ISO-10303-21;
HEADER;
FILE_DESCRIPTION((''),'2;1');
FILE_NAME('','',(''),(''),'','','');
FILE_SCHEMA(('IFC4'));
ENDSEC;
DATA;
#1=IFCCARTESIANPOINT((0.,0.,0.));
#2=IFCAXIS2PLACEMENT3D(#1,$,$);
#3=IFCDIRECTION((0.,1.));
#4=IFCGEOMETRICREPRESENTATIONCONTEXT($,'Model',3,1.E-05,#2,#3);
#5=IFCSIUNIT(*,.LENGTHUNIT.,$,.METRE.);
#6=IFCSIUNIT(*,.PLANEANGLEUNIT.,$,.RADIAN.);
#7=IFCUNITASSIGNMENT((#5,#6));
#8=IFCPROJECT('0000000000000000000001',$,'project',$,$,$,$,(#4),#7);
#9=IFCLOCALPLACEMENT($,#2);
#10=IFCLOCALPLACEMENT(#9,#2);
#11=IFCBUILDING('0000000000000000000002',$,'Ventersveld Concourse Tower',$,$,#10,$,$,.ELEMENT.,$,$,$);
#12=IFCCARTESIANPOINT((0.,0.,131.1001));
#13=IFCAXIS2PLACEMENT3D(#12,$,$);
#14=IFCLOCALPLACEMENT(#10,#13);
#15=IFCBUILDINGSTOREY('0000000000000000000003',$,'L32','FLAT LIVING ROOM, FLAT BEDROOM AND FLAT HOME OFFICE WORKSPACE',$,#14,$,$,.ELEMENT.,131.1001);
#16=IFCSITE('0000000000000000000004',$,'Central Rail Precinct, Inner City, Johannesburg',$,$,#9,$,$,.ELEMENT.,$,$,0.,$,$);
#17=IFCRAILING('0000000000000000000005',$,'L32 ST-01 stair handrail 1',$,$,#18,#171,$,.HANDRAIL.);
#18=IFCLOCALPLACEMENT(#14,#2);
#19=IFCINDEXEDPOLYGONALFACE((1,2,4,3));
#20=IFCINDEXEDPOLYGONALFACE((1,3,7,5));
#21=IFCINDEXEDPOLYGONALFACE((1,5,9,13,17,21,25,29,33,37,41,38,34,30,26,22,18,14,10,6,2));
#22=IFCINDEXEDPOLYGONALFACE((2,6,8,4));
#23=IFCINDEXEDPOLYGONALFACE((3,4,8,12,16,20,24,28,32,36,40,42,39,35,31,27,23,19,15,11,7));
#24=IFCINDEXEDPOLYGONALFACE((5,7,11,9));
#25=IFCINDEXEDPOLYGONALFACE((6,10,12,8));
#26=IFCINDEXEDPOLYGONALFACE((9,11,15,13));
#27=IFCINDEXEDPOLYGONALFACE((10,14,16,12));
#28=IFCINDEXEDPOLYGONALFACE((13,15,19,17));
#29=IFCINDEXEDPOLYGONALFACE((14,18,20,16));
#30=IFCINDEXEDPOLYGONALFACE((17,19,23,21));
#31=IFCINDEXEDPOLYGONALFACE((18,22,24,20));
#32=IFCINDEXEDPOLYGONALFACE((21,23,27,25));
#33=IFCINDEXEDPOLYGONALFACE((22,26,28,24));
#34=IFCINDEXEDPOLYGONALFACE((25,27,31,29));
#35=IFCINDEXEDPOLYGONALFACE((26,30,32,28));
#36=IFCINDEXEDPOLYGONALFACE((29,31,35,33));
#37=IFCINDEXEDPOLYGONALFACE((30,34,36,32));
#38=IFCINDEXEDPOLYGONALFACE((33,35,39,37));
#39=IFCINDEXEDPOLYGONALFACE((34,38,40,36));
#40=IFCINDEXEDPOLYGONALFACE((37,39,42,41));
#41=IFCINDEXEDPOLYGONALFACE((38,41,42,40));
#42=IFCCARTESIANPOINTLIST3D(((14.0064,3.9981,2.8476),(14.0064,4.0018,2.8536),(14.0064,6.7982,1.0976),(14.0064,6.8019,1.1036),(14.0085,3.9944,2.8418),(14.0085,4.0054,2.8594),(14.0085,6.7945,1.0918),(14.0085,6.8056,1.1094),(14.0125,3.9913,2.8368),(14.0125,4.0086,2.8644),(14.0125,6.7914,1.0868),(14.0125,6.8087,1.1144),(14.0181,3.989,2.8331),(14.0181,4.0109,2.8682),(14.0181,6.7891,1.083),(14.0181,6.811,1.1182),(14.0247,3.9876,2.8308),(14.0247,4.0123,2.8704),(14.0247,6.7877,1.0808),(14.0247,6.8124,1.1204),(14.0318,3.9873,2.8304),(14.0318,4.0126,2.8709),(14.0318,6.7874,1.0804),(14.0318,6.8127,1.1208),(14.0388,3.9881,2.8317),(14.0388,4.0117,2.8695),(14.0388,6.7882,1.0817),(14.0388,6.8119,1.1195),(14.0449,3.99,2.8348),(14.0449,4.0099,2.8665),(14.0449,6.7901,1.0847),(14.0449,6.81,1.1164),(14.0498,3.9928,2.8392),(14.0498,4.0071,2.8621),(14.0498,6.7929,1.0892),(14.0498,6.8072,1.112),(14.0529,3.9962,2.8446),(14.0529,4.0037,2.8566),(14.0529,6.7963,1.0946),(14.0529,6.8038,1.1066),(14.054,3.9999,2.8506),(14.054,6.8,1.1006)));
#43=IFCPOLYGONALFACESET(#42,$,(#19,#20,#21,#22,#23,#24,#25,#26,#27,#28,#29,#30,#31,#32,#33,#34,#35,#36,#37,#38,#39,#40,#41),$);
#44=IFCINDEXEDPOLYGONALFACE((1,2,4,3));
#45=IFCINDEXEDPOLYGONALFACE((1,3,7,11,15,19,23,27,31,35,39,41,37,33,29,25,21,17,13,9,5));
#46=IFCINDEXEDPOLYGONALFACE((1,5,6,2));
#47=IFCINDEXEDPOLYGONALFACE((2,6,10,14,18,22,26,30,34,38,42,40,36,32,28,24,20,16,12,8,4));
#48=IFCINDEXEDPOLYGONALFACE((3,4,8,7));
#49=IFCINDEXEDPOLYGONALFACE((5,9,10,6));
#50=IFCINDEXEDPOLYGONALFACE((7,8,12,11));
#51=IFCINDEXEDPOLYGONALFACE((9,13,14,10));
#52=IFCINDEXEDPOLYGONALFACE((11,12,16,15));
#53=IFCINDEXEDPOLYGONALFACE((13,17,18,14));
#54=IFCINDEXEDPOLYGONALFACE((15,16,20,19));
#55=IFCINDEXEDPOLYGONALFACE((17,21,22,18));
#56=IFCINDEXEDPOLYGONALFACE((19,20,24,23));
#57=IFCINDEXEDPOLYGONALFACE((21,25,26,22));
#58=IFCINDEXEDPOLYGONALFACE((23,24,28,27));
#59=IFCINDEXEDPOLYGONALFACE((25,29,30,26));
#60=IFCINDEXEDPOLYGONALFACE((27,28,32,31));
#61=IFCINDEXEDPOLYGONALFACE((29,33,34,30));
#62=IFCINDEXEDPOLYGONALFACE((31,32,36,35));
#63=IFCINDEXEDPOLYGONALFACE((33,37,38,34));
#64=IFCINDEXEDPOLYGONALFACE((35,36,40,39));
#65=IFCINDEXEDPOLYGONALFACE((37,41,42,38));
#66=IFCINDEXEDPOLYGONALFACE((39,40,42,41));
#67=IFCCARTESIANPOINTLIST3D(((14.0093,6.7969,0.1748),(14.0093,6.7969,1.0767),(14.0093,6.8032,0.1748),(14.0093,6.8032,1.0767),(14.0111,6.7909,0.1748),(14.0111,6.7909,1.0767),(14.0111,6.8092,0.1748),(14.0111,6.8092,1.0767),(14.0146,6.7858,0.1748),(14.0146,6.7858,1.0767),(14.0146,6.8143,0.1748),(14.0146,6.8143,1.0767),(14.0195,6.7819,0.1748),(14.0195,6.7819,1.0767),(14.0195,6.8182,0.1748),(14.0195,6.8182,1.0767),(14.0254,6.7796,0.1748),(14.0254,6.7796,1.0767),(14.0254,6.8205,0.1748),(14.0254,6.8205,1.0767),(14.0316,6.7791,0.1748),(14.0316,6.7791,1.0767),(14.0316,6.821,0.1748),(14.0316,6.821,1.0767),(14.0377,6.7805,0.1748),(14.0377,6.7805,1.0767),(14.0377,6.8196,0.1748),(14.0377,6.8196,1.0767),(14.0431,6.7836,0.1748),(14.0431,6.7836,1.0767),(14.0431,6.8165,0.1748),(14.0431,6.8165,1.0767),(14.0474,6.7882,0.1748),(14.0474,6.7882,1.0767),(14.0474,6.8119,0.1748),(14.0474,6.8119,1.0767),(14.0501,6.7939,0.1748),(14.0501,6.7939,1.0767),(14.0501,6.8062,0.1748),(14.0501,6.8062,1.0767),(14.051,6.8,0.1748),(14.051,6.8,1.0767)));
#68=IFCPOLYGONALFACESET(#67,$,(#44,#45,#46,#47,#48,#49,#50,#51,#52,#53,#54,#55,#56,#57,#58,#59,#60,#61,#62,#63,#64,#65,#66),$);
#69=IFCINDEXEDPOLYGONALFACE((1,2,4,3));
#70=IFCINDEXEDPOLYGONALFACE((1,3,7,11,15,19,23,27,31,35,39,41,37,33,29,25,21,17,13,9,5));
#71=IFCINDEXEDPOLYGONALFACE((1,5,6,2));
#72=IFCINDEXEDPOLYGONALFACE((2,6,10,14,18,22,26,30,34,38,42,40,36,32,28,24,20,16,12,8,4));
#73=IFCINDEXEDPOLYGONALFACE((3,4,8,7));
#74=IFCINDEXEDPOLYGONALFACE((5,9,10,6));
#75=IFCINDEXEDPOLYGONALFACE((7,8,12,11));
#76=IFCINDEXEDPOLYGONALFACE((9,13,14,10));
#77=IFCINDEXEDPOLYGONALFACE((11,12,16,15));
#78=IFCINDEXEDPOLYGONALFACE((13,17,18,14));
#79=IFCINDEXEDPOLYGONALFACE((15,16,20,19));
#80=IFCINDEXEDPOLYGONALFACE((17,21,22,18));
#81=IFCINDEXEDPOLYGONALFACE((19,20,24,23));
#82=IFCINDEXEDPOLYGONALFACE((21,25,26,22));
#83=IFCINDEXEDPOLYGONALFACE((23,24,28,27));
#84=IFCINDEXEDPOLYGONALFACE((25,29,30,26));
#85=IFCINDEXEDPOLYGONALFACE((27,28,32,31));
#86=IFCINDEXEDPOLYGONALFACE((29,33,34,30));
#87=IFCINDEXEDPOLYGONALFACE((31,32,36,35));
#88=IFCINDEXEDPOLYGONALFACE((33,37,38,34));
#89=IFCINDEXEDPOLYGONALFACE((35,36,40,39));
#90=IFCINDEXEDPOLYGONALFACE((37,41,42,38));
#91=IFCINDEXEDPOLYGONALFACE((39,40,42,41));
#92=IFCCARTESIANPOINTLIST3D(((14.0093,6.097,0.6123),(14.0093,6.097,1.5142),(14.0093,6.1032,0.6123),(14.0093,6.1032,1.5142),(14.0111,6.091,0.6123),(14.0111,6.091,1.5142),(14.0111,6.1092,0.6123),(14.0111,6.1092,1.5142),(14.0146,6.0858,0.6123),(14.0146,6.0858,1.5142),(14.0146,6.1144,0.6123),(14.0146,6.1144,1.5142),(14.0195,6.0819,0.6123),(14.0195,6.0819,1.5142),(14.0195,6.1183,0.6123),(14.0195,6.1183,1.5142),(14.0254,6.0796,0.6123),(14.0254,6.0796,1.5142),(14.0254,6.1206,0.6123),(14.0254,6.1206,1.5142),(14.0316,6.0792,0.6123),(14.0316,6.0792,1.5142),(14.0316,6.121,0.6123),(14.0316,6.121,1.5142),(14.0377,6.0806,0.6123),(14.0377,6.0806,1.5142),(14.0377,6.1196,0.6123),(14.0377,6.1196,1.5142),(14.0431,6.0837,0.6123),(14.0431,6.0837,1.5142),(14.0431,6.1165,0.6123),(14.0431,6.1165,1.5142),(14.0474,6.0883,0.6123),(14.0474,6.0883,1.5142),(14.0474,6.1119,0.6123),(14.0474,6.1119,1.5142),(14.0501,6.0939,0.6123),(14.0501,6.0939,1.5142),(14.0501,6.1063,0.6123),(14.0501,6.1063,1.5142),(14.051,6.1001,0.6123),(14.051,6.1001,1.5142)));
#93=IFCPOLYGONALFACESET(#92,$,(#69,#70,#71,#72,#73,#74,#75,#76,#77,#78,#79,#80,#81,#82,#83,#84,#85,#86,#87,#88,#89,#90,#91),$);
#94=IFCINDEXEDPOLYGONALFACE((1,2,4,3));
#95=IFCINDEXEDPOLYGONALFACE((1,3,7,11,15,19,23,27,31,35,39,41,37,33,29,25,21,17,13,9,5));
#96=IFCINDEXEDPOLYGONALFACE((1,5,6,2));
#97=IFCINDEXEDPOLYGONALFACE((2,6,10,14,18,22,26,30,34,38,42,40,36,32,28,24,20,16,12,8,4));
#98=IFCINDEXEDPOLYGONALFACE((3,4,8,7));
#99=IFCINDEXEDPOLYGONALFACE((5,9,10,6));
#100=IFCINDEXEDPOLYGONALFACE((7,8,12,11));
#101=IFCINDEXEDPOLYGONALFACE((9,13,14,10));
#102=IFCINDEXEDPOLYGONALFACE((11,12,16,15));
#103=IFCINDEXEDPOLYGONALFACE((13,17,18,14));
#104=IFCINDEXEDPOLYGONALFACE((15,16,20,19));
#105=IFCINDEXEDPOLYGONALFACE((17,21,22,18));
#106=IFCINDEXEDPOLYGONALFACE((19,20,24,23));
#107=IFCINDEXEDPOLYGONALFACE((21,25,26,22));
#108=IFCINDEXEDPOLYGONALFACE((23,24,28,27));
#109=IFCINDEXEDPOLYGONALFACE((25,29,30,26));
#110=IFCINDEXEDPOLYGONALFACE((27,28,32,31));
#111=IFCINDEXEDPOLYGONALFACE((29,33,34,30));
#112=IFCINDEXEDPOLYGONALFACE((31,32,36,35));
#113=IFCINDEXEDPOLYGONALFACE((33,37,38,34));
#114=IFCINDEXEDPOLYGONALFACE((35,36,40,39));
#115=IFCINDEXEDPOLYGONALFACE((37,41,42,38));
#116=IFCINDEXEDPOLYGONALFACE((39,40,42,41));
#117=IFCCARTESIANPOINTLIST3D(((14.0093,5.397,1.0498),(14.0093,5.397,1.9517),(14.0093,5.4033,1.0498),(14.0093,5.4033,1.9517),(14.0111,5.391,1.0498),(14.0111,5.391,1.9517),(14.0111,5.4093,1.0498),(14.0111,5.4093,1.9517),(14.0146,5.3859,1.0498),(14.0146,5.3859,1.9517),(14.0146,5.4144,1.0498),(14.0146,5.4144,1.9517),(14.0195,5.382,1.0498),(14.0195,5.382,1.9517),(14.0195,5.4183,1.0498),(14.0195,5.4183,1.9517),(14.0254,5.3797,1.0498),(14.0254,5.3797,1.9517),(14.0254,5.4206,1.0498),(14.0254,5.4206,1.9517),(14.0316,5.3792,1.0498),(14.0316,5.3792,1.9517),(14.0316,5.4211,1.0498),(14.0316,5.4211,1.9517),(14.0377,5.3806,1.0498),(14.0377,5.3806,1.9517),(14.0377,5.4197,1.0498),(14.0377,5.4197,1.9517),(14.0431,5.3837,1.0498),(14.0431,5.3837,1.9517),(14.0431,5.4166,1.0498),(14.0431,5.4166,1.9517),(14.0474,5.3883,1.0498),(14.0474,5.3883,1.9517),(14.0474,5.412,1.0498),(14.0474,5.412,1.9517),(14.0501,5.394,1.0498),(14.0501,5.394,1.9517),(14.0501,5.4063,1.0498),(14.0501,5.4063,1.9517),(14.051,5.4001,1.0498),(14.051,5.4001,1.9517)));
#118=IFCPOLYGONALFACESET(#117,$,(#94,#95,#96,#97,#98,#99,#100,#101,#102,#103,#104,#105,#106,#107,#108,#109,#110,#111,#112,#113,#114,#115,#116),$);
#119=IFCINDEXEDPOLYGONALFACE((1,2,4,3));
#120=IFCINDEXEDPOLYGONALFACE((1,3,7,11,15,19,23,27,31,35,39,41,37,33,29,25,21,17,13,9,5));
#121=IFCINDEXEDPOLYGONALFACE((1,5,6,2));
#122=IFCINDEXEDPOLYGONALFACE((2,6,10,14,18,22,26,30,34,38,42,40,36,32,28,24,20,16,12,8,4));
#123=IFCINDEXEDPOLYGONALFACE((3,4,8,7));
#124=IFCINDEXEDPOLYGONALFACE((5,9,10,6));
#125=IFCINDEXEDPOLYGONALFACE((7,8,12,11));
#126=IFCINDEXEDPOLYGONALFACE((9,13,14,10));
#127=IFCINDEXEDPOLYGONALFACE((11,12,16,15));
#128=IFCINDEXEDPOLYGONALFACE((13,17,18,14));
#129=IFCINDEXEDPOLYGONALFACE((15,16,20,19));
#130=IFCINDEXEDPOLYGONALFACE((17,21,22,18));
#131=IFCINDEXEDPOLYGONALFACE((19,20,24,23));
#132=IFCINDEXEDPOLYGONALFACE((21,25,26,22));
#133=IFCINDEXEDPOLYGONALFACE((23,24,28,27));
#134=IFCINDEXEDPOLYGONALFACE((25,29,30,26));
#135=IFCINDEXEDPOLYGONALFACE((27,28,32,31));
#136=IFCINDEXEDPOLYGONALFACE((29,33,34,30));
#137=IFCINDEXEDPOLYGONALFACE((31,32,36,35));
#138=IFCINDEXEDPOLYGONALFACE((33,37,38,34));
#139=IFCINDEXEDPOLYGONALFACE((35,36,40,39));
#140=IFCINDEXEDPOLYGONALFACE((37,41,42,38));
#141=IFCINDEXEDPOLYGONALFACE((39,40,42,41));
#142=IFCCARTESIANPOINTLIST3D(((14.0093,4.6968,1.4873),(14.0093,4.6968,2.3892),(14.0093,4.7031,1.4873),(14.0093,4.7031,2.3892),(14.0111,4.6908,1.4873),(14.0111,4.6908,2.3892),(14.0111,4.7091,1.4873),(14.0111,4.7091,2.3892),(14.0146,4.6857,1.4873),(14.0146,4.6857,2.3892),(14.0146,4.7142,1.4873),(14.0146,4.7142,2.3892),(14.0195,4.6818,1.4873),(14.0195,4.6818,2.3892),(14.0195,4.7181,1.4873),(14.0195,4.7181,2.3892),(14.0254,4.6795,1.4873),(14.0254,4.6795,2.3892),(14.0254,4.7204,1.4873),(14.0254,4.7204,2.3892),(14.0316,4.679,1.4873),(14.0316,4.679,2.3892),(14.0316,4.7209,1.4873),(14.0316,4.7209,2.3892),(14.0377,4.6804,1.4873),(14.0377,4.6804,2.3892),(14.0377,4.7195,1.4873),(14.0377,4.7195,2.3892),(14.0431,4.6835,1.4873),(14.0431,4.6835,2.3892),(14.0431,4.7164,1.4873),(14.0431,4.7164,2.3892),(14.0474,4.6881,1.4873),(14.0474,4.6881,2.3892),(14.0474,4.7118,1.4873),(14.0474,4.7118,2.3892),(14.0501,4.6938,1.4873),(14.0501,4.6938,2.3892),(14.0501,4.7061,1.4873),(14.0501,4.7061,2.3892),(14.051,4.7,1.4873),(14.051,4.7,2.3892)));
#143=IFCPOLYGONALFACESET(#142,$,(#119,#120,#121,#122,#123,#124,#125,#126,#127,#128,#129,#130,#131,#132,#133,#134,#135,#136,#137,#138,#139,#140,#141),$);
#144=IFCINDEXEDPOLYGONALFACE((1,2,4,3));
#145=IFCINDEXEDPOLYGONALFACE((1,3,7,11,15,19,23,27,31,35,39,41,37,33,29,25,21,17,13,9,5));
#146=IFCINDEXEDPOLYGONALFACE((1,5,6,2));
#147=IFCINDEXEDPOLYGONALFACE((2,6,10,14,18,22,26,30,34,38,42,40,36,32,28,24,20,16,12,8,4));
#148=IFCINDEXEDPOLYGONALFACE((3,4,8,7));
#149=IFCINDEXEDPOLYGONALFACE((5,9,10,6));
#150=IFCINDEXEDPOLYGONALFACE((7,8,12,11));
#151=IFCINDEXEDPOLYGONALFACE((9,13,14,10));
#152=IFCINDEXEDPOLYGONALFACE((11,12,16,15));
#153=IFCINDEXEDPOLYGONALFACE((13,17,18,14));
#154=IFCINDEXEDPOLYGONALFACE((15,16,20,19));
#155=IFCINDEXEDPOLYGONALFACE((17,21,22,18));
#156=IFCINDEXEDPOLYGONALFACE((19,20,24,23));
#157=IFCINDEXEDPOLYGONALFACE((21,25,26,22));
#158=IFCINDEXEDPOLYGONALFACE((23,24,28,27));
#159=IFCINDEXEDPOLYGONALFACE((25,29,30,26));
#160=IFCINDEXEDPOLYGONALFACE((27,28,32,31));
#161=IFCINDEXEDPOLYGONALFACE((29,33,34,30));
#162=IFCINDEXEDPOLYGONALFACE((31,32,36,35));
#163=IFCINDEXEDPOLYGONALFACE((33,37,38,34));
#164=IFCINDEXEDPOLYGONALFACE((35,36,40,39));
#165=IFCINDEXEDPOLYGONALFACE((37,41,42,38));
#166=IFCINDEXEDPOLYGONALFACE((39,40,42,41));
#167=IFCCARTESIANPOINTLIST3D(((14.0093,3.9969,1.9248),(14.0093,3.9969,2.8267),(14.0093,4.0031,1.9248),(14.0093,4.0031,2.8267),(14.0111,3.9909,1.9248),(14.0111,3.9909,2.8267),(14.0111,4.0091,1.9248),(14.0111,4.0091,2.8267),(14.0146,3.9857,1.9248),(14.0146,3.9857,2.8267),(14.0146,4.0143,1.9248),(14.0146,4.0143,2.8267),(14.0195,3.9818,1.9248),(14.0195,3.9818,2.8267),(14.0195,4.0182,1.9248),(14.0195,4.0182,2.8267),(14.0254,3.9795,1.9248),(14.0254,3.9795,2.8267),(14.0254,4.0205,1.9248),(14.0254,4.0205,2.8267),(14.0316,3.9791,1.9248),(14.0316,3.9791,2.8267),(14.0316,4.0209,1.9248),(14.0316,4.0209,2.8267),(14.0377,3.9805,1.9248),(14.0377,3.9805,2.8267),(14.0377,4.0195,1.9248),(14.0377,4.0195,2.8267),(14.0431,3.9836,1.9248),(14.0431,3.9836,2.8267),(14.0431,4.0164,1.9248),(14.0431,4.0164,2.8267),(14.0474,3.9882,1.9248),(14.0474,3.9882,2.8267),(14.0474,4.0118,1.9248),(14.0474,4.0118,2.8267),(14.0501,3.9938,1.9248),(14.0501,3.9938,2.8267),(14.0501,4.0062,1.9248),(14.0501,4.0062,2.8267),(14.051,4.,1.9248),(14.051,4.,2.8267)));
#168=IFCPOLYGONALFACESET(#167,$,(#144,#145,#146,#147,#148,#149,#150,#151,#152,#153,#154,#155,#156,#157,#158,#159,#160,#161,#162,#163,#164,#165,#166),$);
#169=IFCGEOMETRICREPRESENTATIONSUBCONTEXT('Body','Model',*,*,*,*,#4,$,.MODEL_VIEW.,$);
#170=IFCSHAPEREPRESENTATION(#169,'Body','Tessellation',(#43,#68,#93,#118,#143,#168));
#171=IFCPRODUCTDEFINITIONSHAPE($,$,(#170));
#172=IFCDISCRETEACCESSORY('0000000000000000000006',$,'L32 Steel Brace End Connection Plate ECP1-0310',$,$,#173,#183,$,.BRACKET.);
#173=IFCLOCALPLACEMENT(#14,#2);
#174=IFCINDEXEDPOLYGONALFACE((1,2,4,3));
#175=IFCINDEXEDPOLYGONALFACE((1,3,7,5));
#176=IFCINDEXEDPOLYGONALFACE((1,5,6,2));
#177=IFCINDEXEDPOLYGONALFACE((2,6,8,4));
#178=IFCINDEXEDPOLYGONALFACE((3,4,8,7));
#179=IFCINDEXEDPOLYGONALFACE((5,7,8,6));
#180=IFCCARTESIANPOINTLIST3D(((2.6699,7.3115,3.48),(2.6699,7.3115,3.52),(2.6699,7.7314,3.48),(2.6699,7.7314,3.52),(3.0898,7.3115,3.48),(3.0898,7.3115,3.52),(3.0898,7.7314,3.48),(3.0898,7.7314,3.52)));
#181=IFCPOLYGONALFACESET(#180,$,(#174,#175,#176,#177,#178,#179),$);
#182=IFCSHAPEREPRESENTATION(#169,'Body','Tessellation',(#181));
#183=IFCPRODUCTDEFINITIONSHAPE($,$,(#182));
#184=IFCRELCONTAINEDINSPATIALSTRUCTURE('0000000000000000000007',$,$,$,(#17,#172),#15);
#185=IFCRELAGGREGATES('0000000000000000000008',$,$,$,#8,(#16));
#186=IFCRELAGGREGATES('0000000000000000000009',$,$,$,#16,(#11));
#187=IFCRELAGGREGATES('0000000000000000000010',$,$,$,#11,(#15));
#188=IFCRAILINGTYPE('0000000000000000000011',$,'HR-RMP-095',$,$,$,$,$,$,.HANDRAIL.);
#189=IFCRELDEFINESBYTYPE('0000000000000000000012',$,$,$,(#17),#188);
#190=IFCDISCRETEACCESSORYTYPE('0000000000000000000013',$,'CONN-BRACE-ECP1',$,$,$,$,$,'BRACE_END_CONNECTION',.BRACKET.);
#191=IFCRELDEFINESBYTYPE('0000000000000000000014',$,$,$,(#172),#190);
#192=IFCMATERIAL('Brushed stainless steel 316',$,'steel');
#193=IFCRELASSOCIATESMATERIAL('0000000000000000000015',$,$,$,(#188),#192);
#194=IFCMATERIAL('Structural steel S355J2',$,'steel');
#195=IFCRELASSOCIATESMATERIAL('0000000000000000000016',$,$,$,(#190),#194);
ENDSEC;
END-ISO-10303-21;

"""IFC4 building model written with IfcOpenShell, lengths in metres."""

from ifc_helpers import new_model, si_unit, direction, frame, origin, origin_2d, place, context, subcontext, project, spatial, rectangle, circle, extrude, material, type_object, element, save


model = new_model("IFC4")

# Units and contexts
model_context = context("Model", 3, precision=1e-05, world=origin(), true_north=direction((0.0, 1.0)))
body_context = subcontext(model_context, "Body", "Model", "MODEL_VIEW")
ifc_project = project(units=[si_unit("LENGTHUNIT", "METRE"), si_unit("PLANEANGLEUNIT", "RADIAN")], contexts=[model_context])

# Site, building, storey
site_placement = place(None, origin())
site = spatial("IfcSite", under=ifc_project, at=site_placement, Name="Central Rail Precinct, Inner City, Johannesburg", CompositionType="ELEMENT", RefElevation=0.0)
building_placement = place(site_placement, origin())
building = spatial("IfcBuilding", under=site, at=building_placement, Name="Ventersveld Concourse Tower", CompositionType="ELEMENT")
storey_placement = place(building_placement, frame((0.0, 0.0, 131.1001)))
storey = spatial("IfcBuildingStorey", under=building, at=storey_placement, Name="L32", Description="FLAT LIVING ROOM, FLAT BEDROOM AND FLAT HOME OFFICE WORKSPACE", CompositionType="ELEMENT", Elevation=131.1001)

# Shared definitions
ifc_material_1 = material(Name="Structural steel S355J2", Category="steel")

# Railing
ifc_material_2 = material(Name="Brushed stainless steel 316", Category="steel")
railing_type_1 = type_object("IfcRailingType", Name="HR-RMP-095", PredefinedType="HANDRAIL", material=ifc_material_2)
railing_1_placement = place(storey_placement, frame((14.03, 6.8, 0.1748)))
element("IfcRailing", 1, at=railing_1_placement, inside=storey, type_object=railing_type_1, Name="L32 ST-01 stair handrail 1", PredefinedType="HANDRAIL", context=body_context, shape_type="SweptSolid", body=[
    extrude(circle(Radius=0.0239, at=origin_2d()), frame((0.0, 0.0, 0.9258), z_axis=(0.0, -0.848002, 0.529992), x_axis=(1.0, 0.0, 0.0)), (0.0, 0.0, 1.0), 3.302),
    extrude(circle(Radius=0.021, at=origin_2d()), origin(), (0.0, 0.0, 1.0), 0.9019),
    extrude(circle(Radius=0.021, at=origin_2d()), frame((0.0, -0.7, 0.4375)), (0.0, 0.0, 1.0), 0.9019),
    extrude(circle(Radius=0.021, at=origin_2d()), frame((0.0, -1.3999, 0.875)), (0.0, 0.0, 1.0), 0.9019),
    extrude(circle(Radius=0.021, at=origin_2d()), frame((0.0, -2.1001, 1.3125)), (0.0, 0.0, 1.0), 0.9019),
    extrude(circle(Radius=0.021, at=origin_2d()), frame((0.0, -2.8, 1.75)), (0.0, 0.0, 1.0), 0.9019),
])

# Discrete accessory
discrete_accessory_type = type_object("IfcDiscreteAccessoryType", Name="CONN-BRACE-ECP1", ElementType="BRACE_END_CONNECTION", PredefinedType="BRACKET", material=ifc_material_1)
discrete_accessory_placement = place(storey_placement, frame((2.8799, 7.5215, 3.48), z_axis=(0.0, 0.0, 1.0), x_axis=(1.0, 0.0, 0.0)))
element("IfcDiscreteAccessory", 2, at=discrete_accessory_placement, inside=storey, type_object=discrete_accessory_type, Name="L32 Steel Brace End Connection Plate ECP1-0310", PredefinedType="BRACKET", context=body_context, shape_type="SweptSolid", body=[
    extrude(rectangle(XDim=0.4199, YDim=0.4199, at=origin_2d()), origin(), (0.0, 0.0, 1.0), 0.04),
])

save(model, "model.ifc")
